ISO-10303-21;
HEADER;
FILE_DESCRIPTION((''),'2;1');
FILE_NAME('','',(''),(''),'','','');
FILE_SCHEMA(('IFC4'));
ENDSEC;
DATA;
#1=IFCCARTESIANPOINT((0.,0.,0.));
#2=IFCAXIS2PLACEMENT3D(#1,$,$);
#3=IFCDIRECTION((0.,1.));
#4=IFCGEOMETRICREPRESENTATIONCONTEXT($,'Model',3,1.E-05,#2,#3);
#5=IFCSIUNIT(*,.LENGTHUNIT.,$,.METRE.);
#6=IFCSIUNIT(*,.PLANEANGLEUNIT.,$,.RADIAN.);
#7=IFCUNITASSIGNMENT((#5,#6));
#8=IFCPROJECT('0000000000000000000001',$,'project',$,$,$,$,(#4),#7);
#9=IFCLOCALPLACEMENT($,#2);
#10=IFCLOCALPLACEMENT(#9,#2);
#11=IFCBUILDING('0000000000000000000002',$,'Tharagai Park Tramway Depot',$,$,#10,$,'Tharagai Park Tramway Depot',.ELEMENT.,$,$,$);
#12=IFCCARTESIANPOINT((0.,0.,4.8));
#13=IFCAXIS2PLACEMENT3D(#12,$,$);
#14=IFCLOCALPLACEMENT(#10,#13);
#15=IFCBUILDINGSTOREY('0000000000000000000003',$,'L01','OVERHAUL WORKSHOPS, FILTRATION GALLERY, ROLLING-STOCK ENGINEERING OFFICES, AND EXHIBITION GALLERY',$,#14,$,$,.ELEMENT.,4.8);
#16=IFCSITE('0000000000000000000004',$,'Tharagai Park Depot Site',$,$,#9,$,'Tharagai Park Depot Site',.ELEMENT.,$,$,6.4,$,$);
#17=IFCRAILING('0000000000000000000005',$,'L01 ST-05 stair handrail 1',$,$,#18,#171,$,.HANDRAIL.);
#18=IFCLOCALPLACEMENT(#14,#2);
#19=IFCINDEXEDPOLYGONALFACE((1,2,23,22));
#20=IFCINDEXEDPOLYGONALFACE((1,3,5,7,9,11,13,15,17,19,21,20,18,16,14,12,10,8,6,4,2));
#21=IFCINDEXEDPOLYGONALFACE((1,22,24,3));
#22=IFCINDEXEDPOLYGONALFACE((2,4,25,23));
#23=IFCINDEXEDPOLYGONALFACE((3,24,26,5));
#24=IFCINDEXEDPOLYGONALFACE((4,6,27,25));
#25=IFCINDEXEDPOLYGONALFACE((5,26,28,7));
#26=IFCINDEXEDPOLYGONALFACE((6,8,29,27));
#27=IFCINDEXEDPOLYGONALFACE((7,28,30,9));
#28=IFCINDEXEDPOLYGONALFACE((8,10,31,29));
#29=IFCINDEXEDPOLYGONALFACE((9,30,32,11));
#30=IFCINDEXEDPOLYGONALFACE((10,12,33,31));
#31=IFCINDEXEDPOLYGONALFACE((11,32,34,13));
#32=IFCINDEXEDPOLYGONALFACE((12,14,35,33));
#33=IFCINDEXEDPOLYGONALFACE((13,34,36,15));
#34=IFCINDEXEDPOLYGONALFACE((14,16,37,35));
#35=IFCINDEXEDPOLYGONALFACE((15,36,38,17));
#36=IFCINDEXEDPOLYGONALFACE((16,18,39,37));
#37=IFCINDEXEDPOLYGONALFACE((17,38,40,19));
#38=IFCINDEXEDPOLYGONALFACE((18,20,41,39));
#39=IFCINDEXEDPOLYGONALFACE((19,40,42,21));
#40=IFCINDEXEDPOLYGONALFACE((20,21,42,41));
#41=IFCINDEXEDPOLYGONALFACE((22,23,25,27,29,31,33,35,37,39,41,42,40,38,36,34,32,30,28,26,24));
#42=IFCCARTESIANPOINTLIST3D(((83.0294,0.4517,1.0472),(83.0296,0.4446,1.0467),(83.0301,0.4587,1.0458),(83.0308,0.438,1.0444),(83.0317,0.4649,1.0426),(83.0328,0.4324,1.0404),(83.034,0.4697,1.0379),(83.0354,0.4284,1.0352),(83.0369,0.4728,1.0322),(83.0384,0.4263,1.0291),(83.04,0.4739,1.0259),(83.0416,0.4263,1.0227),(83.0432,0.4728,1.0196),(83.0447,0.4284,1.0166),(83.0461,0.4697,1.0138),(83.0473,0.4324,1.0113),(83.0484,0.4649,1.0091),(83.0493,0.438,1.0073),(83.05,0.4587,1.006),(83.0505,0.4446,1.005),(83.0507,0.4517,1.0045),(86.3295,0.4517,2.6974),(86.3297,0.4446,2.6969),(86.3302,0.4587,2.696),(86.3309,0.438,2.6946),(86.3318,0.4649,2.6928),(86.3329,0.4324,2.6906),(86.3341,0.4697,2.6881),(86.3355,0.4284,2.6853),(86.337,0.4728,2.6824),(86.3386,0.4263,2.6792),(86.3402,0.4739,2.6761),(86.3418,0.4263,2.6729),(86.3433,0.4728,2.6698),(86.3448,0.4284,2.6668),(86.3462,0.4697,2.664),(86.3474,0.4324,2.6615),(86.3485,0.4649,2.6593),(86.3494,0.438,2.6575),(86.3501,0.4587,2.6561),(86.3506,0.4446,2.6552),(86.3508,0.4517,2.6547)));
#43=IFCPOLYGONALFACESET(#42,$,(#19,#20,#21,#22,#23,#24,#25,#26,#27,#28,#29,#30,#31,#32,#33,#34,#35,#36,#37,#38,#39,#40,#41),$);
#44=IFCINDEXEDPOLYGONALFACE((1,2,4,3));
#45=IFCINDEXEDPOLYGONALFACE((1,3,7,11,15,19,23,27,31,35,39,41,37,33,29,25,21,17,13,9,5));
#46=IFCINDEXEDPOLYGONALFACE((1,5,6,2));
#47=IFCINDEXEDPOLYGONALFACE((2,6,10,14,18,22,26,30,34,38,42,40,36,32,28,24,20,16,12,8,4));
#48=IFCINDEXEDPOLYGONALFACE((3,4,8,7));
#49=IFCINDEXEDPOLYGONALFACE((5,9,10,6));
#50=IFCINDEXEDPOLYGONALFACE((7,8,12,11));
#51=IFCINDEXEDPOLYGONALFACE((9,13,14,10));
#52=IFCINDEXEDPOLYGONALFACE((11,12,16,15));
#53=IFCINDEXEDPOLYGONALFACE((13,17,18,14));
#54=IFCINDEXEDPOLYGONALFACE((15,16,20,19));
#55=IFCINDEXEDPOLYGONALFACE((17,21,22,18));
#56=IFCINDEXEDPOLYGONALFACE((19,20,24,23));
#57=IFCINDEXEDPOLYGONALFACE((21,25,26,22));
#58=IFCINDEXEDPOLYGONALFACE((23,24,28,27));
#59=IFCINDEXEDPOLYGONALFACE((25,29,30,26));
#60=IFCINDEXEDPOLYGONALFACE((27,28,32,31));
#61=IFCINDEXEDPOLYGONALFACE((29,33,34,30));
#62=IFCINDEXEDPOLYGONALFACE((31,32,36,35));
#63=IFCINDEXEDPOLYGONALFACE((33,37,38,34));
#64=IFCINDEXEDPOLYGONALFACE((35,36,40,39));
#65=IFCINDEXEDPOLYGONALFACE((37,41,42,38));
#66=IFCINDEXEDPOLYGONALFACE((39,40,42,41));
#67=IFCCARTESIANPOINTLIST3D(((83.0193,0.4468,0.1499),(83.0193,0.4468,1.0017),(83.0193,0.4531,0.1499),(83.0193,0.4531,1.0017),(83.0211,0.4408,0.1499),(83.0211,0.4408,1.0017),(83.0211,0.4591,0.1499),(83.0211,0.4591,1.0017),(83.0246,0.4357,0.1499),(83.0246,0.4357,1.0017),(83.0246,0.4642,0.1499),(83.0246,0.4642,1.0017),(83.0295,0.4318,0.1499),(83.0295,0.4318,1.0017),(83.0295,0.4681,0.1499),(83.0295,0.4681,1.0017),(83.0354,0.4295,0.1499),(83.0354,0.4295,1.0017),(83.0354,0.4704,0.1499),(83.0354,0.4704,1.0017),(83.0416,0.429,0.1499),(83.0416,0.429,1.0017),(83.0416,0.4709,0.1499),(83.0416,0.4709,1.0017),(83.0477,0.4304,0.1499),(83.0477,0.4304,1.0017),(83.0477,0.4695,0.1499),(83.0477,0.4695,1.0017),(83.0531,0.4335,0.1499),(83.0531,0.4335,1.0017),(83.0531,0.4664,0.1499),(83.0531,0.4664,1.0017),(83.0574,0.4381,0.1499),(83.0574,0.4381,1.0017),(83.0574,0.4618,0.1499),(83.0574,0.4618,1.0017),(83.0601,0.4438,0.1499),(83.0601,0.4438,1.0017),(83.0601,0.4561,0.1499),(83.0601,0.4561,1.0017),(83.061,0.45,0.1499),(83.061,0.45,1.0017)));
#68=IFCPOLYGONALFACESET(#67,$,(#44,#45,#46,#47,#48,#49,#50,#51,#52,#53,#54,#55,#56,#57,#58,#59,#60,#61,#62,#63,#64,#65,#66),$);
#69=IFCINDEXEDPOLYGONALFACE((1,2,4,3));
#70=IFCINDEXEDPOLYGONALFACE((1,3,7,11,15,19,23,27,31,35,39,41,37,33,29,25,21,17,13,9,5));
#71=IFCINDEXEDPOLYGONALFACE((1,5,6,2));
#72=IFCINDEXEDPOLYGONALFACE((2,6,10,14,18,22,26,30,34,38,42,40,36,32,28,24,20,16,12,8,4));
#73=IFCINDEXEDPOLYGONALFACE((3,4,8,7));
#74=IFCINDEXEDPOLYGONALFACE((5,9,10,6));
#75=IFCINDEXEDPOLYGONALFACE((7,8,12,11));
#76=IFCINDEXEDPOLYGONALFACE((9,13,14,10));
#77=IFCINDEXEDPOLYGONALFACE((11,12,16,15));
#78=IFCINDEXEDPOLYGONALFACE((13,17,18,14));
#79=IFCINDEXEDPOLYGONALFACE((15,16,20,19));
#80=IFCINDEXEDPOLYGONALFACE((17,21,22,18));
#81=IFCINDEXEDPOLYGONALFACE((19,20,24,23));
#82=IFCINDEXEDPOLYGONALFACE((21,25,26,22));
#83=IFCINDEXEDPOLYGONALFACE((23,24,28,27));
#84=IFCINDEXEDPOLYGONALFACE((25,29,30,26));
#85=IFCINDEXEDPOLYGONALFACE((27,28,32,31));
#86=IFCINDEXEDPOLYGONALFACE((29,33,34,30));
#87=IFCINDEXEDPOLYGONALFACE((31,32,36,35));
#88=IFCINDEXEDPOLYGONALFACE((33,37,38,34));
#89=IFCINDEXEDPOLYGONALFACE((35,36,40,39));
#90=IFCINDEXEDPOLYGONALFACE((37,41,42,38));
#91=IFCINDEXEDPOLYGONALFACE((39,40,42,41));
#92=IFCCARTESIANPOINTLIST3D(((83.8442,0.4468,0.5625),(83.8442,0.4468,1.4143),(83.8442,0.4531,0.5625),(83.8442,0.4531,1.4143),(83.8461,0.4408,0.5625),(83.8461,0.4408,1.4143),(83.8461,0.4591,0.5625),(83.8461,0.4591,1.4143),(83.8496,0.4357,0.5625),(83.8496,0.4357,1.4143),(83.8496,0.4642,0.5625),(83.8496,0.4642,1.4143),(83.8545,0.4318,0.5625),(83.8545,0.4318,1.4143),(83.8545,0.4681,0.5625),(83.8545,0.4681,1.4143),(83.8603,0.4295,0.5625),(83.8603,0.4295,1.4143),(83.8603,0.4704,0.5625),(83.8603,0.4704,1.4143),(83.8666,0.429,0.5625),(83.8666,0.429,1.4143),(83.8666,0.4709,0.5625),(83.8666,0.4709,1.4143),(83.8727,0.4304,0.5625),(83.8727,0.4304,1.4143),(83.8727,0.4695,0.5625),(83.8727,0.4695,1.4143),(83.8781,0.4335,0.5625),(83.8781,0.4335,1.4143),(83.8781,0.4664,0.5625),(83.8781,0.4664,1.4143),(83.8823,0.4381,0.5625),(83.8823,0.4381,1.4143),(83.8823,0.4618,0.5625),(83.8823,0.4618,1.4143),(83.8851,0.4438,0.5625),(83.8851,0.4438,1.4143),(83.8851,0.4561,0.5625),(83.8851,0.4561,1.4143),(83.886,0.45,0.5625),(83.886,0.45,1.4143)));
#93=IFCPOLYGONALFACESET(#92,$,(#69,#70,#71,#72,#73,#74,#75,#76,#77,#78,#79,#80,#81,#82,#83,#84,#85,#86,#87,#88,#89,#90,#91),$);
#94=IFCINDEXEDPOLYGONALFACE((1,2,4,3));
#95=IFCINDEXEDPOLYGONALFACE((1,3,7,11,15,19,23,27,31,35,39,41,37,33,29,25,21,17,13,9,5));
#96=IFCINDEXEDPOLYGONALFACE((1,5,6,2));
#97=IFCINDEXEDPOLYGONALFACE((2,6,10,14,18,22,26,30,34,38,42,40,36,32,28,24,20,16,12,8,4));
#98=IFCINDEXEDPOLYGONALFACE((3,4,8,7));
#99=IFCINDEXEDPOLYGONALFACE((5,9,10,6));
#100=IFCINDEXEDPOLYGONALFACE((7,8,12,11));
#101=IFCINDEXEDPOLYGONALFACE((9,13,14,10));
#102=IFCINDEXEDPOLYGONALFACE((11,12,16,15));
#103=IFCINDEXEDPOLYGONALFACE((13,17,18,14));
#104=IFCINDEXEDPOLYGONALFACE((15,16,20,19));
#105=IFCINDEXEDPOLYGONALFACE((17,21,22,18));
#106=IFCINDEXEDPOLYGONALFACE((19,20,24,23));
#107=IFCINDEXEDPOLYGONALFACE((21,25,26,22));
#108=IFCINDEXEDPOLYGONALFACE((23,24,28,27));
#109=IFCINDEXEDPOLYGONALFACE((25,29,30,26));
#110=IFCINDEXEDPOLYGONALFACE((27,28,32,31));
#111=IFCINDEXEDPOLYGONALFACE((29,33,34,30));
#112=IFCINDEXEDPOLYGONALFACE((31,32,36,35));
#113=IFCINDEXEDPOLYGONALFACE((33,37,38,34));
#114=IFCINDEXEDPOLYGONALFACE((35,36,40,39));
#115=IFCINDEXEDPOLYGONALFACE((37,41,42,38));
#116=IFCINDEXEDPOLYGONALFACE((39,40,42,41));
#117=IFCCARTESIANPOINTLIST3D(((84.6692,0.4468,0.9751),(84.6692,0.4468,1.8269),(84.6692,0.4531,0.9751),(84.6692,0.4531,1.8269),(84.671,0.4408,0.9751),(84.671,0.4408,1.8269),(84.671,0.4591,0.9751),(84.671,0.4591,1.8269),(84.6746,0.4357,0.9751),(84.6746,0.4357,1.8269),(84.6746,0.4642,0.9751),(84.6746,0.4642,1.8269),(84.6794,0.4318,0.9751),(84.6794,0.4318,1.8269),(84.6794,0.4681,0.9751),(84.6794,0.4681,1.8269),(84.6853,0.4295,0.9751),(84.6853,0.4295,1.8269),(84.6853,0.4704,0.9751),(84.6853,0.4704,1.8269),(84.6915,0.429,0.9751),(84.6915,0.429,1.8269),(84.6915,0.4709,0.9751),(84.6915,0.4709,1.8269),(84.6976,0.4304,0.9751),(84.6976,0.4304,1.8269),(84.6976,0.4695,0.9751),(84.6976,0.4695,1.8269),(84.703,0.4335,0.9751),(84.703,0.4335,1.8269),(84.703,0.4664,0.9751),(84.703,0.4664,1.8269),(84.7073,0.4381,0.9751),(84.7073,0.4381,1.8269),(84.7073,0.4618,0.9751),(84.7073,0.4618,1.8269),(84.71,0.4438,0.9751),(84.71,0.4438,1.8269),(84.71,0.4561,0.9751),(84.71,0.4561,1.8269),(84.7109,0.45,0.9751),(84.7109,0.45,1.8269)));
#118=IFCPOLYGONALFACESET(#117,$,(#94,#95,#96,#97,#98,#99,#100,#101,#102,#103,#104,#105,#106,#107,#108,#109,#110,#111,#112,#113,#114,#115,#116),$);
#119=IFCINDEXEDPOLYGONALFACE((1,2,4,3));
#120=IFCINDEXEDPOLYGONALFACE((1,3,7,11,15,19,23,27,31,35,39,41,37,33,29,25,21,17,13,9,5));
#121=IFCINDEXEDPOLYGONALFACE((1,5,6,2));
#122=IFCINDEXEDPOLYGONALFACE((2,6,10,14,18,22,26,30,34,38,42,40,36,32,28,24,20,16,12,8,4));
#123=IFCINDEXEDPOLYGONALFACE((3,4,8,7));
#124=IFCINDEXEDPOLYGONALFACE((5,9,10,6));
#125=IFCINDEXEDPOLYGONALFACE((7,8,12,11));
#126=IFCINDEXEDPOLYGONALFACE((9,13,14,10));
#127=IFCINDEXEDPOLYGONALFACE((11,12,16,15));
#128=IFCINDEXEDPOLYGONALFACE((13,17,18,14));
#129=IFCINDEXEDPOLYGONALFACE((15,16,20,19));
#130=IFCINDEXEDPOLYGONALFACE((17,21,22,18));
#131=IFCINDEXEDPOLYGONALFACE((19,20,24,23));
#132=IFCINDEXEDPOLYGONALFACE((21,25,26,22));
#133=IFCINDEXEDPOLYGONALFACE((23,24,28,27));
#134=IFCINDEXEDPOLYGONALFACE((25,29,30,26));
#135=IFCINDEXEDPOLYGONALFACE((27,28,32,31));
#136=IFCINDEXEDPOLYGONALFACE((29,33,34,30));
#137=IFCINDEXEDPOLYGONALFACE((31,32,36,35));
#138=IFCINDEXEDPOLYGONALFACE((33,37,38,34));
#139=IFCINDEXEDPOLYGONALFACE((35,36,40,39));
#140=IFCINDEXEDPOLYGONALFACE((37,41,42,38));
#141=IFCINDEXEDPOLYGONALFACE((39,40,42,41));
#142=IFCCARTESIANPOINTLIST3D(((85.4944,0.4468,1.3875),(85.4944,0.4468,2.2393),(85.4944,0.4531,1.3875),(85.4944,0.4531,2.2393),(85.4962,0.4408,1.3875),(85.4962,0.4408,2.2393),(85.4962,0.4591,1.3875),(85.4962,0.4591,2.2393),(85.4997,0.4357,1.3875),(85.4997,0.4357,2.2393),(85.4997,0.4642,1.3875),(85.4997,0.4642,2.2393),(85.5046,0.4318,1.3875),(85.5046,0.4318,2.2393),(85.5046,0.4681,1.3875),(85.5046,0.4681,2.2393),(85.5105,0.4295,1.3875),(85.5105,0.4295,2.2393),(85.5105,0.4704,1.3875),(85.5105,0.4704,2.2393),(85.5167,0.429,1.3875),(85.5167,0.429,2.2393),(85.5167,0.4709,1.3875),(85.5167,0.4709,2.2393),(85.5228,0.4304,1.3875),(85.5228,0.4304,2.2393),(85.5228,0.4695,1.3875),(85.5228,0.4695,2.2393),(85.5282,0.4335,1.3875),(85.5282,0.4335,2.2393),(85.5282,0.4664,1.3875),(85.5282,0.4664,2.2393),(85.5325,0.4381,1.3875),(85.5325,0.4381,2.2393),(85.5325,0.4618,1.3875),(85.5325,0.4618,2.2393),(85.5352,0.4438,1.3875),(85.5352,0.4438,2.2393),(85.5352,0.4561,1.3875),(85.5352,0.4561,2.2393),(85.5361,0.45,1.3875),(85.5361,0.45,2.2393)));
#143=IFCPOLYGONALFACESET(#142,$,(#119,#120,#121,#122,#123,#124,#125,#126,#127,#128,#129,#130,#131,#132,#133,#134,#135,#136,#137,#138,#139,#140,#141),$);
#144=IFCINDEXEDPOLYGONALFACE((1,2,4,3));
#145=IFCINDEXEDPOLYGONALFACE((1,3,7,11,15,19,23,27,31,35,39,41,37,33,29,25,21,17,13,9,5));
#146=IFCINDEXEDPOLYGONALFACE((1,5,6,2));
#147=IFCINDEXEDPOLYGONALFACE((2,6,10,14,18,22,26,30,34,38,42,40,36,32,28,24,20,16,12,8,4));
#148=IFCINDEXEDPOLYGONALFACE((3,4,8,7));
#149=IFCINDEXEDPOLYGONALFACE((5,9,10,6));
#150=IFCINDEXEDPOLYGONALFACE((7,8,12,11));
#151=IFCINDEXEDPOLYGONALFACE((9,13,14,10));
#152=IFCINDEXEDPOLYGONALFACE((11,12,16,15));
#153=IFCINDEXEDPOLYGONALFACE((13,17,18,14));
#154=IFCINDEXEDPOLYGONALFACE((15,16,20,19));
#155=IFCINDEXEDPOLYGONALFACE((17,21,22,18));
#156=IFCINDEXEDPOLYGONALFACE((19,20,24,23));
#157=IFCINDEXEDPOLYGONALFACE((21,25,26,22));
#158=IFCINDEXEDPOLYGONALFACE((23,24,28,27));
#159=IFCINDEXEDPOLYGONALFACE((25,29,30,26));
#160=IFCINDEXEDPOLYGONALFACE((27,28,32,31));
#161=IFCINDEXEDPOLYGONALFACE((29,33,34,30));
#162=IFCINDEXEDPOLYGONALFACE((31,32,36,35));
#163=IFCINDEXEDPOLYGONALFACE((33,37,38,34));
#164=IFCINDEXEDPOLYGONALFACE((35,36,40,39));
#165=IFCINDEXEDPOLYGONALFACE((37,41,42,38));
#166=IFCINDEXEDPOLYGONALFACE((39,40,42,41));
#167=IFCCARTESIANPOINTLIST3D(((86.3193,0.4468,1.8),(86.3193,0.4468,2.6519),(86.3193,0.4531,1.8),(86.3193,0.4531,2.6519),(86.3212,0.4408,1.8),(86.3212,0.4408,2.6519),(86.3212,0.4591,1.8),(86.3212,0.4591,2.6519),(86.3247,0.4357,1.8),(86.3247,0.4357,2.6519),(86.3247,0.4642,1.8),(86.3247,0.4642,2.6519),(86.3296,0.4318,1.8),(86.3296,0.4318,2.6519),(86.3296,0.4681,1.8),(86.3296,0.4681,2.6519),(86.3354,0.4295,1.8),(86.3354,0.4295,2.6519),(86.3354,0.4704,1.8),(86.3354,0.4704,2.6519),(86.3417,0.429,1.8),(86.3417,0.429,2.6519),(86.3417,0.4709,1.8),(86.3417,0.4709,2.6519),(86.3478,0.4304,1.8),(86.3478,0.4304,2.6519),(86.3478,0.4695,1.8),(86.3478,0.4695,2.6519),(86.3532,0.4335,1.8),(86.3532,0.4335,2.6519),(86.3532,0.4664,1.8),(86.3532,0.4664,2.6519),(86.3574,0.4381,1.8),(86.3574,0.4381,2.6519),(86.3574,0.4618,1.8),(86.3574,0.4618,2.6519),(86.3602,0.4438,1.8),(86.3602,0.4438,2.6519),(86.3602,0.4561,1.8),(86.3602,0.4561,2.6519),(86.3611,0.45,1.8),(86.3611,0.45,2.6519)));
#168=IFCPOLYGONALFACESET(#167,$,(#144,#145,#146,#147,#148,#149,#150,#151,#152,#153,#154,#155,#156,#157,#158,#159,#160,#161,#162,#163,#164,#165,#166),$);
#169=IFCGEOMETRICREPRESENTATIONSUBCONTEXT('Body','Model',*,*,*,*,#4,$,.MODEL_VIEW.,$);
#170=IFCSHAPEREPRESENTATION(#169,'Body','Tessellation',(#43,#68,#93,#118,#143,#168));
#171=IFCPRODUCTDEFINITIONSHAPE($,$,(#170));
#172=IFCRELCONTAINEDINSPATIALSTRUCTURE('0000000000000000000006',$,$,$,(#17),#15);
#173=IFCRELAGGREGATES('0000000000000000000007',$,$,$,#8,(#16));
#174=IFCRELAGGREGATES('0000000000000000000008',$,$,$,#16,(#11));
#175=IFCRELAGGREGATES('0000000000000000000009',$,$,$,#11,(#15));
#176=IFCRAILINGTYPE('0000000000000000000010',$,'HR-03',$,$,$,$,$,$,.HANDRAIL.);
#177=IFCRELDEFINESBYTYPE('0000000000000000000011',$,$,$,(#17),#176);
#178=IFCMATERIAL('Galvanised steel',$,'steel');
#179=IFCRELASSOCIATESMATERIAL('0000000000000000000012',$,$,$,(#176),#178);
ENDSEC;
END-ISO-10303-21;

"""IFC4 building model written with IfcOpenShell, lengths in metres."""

from ifc_helpers import new_model, si_unit, direction, frame, origin, origin_2d, place, context, subcontext, project, spatial, circle, extrude, material, type_object, element, save


model = new_model("IFC4")

# Units and contexts
model_context = context("Model", 3, precision=1e-05, world=origin(), true_north=direction((0.0, 1.0)))
body_context = subcontext(model_context, "Body", "Model", "MODEL_VIEW")
ifc_project = project(units=[si_unit("LENGTHUNIT", "METRE"), si_unit("PLANEANGLEUNIT", "RADIAN")], contexts=[model_context])

# Site, building, storey
site_placement = place(None, origin())
site = spatial("IfcSite", under=ifc_project, at=site_placement, Name="Tharagai Park Depot Site", LongName="Tharagai Park Depot Site", CompositionType="ELEMENT", RefElevation=6.4)
building_placement = place(site_placement, origin())
building = spatial("IfcBuilding", under=site, at=building_placement, Name="Tharagai Park Tramway Depot", LongName="Tharagai Park Tramway Depot", CompositionType="ELEMENT")
storey_placement = place(building_placement, frame((0.0, 0.0, 4.8)))
storey = spatial("IfcBuildingStorey", under=building, at=storey_placement, Name="L01", Description="OVERHAUL WORKSHOPS, FILTRATION GALLERY, ROLLING-STOCK ENGINEERING OFFICES, AND EXHIBITION GALLERY", CompositionType="ELEMENT", Elevation=4.8)

# Shared definitions
ifc_material_1 = material(Name="Galvanised steel", Category="steel")

# Railing
railing_type_1 = type_object("IfcRailingType", Name="HR-03", PredefinedType="HANDRAIL", material=ifc_material_1)
railing_1_placement = place(storey_placement, frame((83.04, 0.45, 0.1499)))
element("IfcRailing", 1, at=railing_1_placement, inside=storey, type_object=railing_type_1, Name="L01 ST-05 stair handrail 1", PredefinedType="HANDRAIL", context=body_context, shape_type="SweptSolid", body=[
    extrude(circle(Radius=0.0239, at=origin_2d()), frame((0.0, 0.0, 0.876), z_axis=(0.894414, 0.0, 0.44724), x_axis=(0.0, 1.0, 0.0)), (0.0, 0.0, 1.0), 3.6897),
    extrude(circle(Radius=0.021, at=origin_2d()), origin(), (0.0, 0.0, 1.0), 0.8518),
    extrude(circle(Radius=0.021, at=origin_2d()), frame((0.825, 0.0, 0.4126)), (0.0, 0.0, 1.0), 0.8518),
    extrude(circle(Radius=0.021, at=origin_2d()), frame((1.6499, 0.0, 0.8252)), (0.0, 0.0, 1.0), 0.8518),
    extrude(circle(Radius=0.021, at=origin_2d()), frame((2.4751, 0.0, 1.2375)), (0.0, 0.0, 1.0), 0.8518),
    extrude(circle(Radius=0.021, at=origin_2d()), frame((3.3, 0.0, 1.6501)), (0.0, 0.0, 1.0), 0.8518),
])

save(model, "model.ifc")
